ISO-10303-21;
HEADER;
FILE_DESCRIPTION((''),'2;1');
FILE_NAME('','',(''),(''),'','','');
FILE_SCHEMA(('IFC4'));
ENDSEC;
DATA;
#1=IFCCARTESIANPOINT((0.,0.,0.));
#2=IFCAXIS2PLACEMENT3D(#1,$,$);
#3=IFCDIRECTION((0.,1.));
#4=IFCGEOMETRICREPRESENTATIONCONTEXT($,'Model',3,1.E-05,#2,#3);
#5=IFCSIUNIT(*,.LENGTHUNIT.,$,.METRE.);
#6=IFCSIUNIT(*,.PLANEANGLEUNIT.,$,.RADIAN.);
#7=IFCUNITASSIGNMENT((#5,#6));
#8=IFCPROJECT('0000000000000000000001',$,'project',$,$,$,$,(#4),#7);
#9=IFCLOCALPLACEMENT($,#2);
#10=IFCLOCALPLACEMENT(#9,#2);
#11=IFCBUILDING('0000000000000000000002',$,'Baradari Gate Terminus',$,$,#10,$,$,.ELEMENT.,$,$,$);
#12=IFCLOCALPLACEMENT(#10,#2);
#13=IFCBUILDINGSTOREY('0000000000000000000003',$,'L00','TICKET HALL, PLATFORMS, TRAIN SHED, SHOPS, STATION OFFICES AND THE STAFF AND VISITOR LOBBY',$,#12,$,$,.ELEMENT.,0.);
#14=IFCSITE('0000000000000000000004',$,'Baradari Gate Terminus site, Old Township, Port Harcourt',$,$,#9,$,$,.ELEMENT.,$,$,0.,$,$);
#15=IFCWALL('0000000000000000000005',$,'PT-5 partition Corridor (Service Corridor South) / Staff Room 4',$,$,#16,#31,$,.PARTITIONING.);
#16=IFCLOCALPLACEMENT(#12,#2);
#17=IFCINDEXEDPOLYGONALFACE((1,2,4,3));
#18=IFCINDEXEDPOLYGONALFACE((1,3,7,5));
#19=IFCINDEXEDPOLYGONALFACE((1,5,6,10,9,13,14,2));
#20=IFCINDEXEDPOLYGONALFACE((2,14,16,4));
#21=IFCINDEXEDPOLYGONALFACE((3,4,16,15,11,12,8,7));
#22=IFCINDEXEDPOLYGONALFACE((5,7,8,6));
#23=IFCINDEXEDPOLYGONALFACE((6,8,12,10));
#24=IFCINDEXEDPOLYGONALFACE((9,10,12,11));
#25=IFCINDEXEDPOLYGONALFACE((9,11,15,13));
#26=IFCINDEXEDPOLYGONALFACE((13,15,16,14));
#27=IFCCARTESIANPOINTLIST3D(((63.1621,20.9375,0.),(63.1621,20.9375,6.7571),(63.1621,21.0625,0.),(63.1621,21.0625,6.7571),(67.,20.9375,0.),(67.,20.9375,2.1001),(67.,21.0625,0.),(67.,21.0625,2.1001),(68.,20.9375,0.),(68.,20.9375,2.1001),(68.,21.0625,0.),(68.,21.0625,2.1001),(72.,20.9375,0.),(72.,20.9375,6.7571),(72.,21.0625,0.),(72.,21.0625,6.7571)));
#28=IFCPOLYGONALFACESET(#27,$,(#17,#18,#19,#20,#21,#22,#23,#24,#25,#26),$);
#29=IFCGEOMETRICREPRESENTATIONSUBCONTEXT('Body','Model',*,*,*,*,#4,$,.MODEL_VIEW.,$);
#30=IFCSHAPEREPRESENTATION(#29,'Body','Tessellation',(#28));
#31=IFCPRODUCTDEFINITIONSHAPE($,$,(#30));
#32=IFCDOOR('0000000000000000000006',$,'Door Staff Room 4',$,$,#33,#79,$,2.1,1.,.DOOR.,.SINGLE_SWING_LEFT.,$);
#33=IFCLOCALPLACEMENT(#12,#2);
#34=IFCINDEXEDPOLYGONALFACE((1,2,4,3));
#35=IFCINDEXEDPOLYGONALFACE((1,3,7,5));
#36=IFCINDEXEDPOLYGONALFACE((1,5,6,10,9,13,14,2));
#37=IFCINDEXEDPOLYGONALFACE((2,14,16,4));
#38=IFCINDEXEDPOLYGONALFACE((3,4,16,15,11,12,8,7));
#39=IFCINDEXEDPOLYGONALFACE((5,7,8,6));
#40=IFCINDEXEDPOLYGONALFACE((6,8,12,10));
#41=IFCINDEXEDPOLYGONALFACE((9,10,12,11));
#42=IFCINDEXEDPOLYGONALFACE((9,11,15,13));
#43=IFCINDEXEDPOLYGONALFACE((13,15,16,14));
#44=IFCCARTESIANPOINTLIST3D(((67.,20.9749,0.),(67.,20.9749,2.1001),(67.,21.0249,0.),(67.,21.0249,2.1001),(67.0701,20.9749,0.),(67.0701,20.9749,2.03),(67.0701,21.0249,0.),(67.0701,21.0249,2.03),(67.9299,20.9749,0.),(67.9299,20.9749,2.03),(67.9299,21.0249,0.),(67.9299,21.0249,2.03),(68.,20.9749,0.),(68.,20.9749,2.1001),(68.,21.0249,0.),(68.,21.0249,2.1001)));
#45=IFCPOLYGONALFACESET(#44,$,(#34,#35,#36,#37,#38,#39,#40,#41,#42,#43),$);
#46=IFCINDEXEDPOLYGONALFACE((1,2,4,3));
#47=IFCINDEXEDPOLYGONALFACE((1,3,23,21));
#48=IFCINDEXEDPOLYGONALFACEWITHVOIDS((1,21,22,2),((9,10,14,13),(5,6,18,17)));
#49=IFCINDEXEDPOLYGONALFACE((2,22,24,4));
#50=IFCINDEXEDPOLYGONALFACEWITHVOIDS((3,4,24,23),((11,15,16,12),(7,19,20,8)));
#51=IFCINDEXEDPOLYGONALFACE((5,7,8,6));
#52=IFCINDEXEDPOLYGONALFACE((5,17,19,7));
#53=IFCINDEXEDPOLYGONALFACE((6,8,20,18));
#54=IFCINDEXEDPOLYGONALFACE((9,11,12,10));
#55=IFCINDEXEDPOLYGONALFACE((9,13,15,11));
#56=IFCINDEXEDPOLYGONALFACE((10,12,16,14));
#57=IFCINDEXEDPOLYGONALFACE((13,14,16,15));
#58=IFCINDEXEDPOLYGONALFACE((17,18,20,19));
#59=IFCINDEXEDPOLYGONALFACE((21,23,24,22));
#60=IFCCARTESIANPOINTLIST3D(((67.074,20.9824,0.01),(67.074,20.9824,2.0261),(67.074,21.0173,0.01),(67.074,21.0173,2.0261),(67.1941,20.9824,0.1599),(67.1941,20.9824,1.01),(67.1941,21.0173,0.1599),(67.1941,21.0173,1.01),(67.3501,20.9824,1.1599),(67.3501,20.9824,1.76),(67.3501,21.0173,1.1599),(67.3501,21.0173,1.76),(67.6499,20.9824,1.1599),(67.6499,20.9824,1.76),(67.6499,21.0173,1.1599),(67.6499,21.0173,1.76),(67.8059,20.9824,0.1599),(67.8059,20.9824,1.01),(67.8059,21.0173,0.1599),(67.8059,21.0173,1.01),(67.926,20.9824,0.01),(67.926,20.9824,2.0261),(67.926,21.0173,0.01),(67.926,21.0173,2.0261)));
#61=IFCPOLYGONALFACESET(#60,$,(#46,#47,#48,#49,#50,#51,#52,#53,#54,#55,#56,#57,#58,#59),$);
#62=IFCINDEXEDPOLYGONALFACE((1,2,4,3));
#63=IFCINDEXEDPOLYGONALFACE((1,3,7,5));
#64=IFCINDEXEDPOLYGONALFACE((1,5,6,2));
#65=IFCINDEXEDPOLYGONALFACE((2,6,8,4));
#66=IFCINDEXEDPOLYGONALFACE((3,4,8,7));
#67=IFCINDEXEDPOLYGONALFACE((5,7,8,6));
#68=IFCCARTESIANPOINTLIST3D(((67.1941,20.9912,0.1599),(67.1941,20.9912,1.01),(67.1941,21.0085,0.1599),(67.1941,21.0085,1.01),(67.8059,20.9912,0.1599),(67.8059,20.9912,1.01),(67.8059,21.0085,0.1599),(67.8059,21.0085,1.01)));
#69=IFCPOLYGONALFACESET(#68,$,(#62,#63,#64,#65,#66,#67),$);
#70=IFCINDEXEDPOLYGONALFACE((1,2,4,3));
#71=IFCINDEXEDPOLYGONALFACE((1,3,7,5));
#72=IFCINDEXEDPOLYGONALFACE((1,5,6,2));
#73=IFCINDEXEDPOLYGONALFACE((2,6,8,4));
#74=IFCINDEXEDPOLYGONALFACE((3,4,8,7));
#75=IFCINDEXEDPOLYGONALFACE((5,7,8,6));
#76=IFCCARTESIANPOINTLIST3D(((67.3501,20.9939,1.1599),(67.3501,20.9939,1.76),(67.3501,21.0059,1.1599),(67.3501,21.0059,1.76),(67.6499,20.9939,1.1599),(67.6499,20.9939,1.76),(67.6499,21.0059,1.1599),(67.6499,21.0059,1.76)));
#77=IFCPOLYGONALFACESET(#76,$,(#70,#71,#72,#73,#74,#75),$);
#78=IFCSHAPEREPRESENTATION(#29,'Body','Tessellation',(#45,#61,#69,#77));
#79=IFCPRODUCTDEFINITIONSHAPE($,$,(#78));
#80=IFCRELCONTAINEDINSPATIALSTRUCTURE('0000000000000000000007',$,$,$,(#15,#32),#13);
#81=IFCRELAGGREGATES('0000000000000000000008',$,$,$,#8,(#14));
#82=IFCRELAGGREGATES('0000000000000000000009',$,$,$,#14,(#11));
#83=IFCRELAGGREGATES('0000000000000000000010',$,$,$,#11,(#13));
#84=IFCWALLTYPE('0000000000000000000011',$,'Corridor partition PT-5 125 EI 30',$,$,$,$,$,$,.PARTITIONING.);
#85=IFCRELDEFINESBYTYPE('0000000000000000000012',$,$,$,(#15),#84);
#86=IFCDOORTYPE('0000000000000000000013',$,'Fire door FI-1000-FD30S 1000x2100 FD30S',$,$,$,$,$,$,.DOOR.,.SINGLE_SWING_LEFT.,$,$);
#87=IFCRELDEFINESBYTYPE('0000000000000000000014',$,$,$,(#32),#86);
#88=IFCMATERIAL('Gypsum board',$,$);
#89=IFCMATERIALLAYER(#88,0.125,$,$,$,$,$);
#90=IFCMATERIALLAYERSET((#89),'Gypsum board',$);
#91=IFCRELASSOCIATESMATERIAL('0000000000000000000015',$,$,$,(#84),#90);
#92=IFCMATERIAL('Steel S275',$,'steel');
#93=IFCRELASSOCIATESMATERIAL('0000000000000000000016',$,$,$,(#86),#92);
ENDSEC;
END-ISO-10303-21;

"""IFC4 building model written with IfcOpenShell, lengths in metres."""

from ifc_helpers import new_model, si_unit, direction, frame, frame_2d, origin, place, context, subcontext, project, spatial, polyline, rectangle, outline, extrude, material, layer, layer_set, type_object, element, fill, save


model = new_model("IFC4")

# Units and contexts
model_context = context("Model", 3, precision=1e-05, world=origin(), true_north=direction((0.0, 1.0)))
body_context = subcontext(model_context, "Body", "Model", "MODEL_VIEW")
ifc_project = project(units=[si_unit("LENGTHUNIT", "METRE"), si_unit("PLANEANGLEUNIT", "RADIAN")], contexts=[model_context])

# Site, building, storey
site_placement = place(None, origin())
site = spatial("IfcSite", under=ifc_project, at=site_placement, Name="Baradari Gate Terminus site, Old Township, Port Harcourt", CompositionType="ELEMENT", RefElevation=0.0)
building_placement = place(site_placement, origin())
building = spatial("IfcBuilding", under=site, at=building_placement, Name="Baradari Gate Terminus", CompositionType="ELEMENT")
storey_placement = place(building_placement, origin())
storey = spatial("IfcBuildingStorey", under=building, at=storey_placement, Name="L00", Description="TICKET HALL, PLATFORMS, TRAIN SHED, SHOPS, STATION OFFICES AND THE STAFF AND VISITOR LOBBY", CompositionType="ELEMENT", Elevation=0.0)

# Wall, opening, door
ifc_material_1 = material(Name="Gypsum board")
ifc_layer_1 = layer(ifc_material_1, 0.125)
ifc_layer_set_1 = layer_set([ifc_layer_1], Name="Gypsum board")
wall_type_1 = type_object("IfcWallType", Name="Corridor partition PT-5 125 EI 30", PredefinedType="PARTITIONING", material=ifc_layer_set_1)
wall_1_placement = place(storey_placement, frame((63.1621, 21.0, 0.0), z_axis=(0.0, 0.0, 1.0), x_axis=(1.0, 0.0, 0.0)))
wall_1 = element("IfcWall", 1, at=wall_1_placement, inside=storey, type_object=wall_type_1, Name="PT-5 partition Corridor (Service Corridor South) / Staff Room 4", PredefinedType="PARTITIONING", context=body_context, shape_type="SweptSolid", body=[
    extrude(rectangle(XDim=8.8379, YDim=0.125, at=frame_2d((4.4189, 0.0))), origin(), (0.0, 0.0, 1.0), 6.7571),
])
opening_1_placement = place(wall_1_placement, frame((3.8379, 0.0, 0.0)))
opening_1 = element("IfcOpeningElement", 2, at=opening_1_placement, cuts=wall_1, PredefinedType="OPENING", context=body_context, shape_type="SweptSolid", body=[
    extrude(rectangle(XDim=1.0, YDim=2.1001, at=frame_2d((0.5, 1.05))), frame((0.0, 0.0725, 0.0), z_axis=(0.0, -1.0, 0.0), x_axis=(1.0, 0.0, 0.0)), (0.0, 0.0, 1.0), 0.145),
])
ifc_material_2 = material(Name="Steel S275", Category="steel")
door_type = type_object("IfcDoorType", Name="Fire door FI-1000-FD30S 1000x2100 FD30S", OperationType="SINGLE_SWING_LEFT", PredefinedType="DOOR", material=ifc_material_2)
door_placement = place(opening_1_placement, origin())
door = element("IfcDoor", 3, at=door_placement, inside=storey, type_object=door_type, Name="Door Staff Room 4", OperationType="SINGLE_SWING_LEFT", OverallHeight=2.1, OverallWidth=1.0, PredefinedType="DOOR", context=body_context, shape_type="SweptSolid", body=[
    extrude(outline(polyline([(0.0, 0.0), (0.0701, 0.0), (0.0701, 2.03), (0.9299, 2.03), (0.9299, 0.0), (1.0, 0.0), (1.0, 2.1001), (0.0, 2.1001), (0.0, 0.0)])), frame((0.0, 0.0249, 0.0), z_axis=(0.0, -1.0, 0.0), x_axis=(1.0, 0.0, 0.0)), (0.0, 0.0, 1.0), 0.05),
    extrude(outline(polyline([(0.074, 0.01), (0.926, 0.01), (0.926, 2.0261), (0.074, 2.0261), (0.074, 0.01)]), holes=[polyline([(0.1941, 0.1599), (0.8059, 0.1599), (0.8059, 1.01), (0.1941, 1.01), (0.1941, 0.1599)]), polyline([(0.3501, 1.1599), (0.6499, 1.1599), (0.6499, 1.76), (0.3501, 1.76), (0.3501, 1.1599)])]), frame((0.0, 0.0173, 0.0), z_axis=(0.0, -1.0, 0.0), x_axis=(1.0, 0.0, 0.0)), (0.0, 0.0, 1.0), 0.0349),
    extrude(rectangle(XDim=0.6118, YDim=0.8501, at=frame_2d((0.5, 0.585))), frame((0.0, 0.0085, 0.0), z_axis=(0.0, -1.0, 0.0), x_axis=(1.0, 0.0, 0.0)), (0.0, 0.0, 1.0), 0.0173),
    extrude(rectangle(XDim=0.2998, YDim=0.6001, at=frame_2d((0.5, 1.46))), frame((0.0, 0.0059, 0.0), z_axis=(0.0, -1.0, 0.0), x_axis=(1.0, 0.0, 0.0)), (0.0, 0.0, 1.0), 0.012),
])
fill(opening_1, door)

save(model, "model.ifc")
